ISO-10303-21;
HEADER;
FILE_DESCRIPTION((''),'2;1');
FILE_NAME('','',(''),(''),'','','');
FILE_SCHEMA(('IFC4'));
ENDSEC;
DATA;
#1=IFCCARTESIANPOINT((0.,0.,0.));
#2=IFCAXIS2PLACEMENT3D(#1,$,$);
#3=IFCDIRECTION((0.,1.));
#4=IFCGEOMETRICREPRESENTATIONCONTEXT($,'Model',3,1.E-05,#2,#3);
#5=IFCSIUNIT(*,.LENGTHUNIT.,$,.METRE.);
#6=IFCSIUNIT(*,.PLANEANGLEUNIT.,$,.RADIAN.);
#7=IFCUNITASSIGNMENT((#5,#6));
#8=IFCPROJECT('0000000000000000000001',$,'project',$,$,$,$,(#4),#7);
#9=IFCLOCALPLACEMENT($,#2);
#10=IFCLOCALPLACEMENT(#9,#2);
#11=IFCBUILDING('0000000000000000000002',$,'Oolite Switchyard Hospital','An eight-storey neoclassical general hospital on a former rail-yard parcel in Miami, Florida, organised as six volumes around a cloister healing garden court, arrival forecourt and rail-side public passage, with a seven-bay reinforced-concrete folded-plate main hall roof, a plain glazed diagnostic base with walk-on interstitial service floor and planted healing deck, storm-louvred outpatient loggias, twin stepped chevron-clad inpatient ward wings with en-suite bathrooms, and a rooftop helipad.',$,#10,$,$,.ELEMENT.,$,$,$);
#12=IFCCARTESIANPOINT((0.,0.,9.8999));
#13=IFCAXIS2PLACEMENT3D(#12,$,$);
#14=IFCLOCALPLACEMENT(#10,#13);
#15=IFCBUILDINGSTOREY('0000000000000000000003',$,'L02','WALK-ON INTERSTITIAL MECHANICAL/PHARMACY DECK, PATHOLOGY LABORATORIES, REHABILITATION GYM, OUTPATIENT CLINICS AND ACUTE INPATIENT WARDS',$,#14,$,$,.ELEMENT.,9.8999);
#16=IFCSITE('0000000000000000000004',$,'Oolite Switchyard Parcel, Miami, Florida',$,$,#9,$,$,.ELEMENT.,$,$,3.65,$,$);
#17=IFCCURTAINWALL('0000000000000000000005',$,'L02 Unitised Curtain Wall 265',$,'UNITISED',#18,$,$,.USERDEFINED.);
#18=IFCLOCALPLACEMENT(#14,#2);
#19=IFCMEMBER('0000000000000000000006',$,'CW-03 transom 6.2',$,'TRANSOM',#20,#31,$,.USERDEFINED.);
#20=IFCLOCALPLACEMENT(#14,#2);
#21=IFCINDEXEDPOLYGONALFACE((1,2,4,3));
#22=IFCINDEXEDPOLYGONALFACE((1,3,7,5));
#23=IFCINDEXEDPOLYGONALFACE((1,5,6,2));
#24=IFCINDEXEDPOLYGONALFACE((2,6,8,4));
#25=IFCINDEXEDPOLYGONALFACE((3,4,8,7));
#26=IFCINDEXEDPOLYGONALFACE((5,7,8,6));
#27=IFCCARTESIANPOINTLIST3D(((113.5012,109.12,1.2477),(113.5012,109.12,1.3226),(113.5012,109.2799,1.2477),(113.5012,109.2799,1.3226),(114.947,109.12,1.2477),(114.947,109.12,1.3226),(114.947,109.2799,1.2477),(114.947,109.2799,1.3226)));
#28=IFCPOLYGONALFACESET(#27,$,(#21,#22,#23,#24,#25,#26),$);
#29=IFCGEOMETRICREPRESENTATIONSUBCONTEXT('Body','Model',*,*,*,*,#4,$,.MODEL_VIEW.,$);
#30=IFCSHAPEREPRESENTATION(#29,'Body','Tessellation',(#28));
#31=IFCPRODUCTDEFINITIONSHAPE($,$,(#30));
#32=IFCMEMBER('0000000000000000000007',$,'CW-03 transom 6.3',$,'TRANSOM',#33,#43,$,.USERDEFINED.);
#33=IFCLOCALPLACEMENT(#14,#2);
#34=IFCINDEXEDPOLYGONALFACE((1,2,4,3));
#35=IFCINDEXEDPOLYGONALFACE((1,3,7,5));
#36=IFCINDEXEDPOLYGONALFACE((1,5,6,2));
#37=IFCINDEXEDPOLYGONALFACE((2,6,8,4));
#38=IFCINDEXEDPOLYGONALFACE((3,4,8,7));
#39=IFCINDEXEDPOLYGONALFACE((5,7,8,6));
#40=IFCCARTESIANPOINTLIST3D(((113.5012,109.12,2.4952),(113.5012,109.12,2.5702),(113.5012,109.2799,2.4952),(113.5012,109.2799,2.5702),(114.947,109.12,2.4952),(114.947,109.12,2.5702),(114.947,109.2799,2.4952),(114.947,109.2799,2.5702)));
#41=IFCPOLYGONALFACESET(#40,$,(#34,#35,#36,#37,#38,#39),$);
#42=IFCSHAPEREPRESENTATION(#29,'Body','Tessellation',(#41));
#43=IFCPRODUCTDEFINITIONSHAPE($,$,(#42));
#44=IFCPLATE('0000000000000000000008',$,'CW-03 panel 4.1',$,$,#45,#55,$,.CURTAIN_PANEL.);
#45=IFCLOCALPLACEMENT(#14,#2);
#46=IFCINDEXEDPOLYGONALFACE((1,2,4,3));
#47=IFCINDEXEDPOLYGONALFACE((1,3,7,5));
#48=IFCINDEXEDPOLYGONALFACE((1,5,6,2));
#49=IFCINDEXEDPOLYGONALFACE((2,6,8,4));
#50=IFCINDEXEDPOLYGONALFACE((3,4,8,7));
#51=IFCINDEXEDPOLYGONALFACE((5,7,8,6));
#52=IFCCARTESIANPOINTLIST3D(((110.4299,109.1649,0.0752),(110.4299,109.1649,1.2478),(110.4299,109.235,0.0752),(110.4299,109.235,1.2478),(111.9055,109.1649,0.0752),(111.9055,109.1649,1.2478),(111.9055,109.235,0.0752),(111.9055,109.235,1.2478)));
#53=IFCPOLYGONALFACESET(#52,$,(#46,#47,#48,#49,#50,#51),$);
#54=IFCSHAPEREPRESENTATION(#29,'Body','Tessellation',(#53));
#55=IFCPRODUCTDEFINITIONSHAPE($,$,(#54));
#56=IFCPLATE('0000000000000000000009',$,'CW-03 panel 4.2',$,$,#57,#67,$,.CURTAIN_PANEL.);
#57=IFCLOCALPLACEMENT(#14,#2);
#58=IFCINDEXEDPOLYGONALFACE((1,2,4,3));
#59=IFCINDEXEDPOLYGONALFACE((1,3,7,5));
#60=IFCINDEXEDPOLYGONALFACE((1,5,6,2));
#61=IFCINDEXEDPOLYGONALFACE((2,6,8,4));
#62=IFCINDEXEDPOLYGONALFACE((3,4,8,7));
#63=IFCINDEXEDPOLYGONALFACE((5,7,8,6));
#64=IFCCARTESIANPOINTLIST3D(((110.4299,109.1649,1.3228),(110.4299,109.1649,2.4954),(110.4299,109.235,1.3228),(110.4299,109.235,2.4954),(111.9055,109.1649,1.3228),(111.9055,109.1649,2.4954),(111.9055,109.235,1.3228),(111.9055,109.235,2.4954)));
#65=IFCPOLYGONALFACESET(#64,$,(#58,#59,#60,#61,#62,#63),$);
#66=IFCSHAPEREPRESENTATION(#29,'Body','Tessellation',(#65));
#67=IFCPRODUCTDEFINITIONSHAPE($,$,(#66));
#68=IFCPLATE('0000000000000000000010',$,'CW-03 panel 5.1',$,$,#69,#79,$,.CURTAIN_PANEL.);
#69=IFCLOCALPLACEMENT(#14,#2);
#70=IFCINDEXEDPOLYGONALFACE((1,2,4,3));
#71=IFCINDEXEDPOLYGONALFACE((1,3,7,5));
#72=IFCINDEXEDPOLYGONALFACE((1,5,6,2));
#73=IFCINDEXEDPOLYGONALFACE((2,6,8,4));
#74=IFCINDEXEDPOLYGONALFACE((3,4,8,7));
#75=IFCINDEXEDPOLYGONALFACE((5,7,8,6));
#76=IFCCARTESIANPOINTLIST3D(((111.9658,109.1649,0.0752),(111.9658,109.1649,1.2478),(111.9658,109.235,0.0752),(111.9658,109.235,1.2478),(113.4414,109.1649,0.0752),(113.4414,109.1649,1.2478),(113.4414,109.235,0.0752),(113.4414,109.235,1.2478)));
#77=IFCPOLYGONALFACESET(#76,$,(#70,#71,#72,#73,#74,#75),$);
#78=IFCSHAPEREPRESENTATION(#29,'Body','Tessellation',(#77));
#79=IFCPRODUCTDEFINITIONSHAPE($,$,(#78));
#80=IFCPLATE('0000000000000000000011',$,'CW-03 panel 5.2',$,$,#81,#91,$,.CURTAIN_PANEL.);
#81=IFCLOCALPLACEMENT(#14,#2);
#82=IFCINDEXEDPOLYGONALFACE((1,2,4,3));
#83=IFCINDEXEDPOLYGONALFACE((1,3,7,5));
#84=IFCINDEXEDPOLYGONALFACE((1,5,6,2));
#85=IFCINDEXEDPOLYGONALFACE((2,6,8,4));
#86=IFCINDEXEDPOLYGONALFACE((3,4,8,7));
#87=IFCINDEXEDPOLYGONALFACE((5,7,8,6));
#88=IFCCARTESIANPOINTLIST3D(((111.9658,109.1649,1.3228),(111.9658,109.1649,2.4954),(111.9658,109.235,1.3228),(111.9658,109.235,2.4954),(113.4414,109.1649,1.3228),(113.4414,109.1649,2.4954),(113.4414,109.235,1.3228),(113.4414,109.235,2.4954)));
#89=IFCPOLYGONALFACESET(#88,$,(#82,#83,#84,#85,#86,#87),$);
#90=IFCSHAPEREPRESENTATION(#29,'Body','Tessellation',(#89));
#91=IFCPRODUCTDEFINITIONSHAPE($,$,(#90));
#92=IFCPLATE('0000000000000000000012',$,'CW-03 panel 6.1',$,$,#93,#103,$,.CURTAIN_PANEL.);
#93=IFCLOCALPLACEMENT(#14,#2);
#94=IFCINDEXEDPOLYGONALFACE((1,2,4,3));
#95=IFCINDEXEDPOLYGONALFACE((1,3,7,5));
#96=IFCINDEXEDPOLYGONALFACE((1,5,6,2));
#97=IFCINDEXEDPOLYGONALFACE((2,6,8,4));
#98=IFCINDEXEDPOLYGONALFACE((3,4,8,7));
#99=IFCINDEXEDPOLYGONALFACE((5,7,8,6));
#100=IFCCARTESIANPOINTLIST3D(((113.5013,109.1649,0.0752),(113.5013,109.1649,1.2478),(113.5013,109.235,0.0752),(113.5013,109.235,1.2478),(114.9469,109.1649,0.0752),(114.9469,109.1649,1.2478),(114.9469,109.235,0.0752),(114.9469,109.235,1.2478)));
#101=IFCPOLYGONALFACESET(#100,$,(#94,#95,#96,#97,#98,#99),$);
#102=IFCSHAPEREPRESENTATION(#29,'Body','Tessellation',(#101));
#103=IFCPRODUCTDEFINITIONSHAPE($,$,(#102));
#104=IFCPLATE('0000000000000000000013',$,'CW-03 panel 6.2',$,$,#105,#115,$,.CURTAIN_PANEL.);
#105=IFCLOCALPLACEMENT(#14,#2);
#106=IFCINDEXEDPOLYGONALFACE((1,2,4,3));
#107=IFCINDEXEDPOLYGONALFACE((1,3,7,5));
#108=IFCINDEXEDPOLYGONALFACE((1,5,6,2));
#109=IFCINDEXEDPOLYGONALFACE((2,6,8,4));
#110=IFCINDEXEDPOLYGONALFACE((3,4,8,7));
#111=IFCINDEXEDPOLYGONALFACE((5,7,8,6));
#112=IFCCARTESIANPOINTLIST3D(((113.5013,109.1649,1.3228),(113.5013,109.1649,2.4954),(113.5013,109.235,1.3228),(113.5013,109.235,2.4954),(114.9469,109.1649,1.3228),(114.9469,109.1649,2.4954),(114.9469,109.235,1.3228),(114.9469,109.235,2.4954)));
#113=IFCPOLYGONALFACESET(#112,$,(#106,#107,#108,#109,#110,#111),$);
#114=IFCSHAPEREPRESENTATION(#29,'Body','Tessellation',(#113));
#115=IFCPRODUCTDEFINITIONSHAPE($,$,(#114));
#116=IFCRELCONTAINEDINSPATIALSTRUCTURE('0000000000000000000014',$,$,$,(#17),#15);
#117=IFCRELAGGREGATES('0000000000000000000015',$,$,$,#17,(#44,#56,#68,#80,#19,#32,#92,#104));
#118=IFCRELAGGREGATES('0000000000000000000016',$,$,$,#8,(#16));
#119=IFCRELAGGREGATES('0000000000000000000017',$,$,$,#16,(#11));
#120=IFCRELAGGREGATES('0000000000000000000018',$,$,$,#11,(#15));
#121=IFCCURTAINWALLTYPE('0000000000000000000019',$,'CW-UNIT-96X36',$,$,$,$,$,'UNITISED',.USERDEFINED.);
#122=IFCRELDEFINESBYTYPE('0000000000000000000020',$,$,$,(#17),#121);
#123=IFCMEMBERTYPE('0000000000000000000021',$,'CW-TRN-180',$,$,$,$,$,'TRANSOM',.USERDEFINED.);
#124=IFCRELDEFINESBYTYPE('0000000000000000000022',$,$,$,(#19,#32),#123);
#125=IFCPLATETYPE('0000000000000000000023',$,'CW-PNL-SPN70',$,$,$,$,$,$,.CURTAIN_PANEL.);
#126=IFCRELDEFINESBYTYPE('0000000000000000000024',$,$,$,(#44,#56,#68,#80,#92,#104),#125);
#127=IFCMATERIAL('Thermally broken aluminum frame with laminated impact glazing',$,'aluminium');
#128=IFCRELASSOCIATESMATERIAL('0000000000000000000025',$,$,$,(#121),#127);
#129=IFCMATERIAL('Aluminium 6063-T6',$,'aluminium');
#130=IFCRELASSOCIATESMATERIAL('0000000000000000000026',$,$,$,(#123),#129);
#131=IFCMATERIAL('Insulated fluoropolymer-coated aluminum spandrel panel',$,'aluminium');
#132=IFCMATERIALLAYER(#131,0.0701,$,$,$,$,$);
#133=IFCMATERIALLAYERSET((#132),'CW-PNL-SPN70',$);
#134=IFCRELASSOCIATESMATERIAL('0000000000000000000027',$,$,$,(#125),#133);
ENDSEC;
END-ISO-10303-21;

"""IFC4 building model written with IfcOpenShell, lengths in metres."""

from ifc_helpers import new_model, si_unit, direction, frame, origin, origin_2d, place, context, subcontext, project, spatial, rectangle, extrude, material, layer, layer_set, material_profile, profile_set, type_object, element, aggregate, save


model = new_model("IFC4")

# Units and contexts
model_context = context("Model", 3, precision=1e-05, world=origin(), true_north=direction((0.0, 1.0)))
body_context = subcontext(model_context, "Body", "Model", "MODEL_VIEW")
ifc_project = project(units=[si_unit("LENGTHUNIT", "METRE"), si_unit("PLANEANGLEUNIT", "RADIAN")], contexts=[model_context])

# Site, building, storey
site_placement = place(None, origin())
site = spatial("IfcSite", under=ifc_project, at=site_placement, Name="Oolite Switchyard Parcel, Miami, Florida", CompositionType="ELEMENT", RefElevation=3.65)
building_placement = place(site_placement, origin())
building = spatial("IfcBuilding", under=site, at=building_placement, Name="Oolite Switchyard Hospital", Description="An eight-storey neoclassical general hospital on a former rail-yard parcel in Miami, Florida, organised as six volumes around a cloister healing garden court, arrival forecourt and rail-side public passage, with a seven-bay reinforced-concrete folded-plate main hall roof, a plain glazed diagnostic base with walk-on interstitial service floor and planted healing deck, storm-louvred outpatient loggias, twin stepped chevron-clad inpatient ward wings with en-suite bathrooms, and a rooftop helipad.", CompositionType="ELEMENT")
storey_placement = place(building_placement, frame((0.0, 0.0, 9.8999)))
storey = spatial("IfcBuildingStorey", under=building, at=storey_placement, Name="L02", Description="WALK-ON INTERSTITIAL MECHANICAL/PHARMACY DECK, PATHOLOGY LABORATORIES, REHABILITATION GYM, OUTPATIENT CLINICS AND ACUTE INPATIENT WARDS", CompositionType="ELEMENT", Elevation=9.8999)

# Curtain wall, members, plates
ifc_material_1 = material(Name="Thermally broken aluminum frame with laminated impact glazing", Category="aluminium")
curtain_wall_type = type_object("IfcCurtainWallType", Name="CW-UNIT-96X36", ElementType="UNITISED", PredefinedType="USERDEFINED", material=ifc_material_1)
curtain_wall_placement = place(storey_placement, origin())
curtain_wall = element("IfcCurtainWall", 1, at=curtain_wall_placement, inside=storey, type_object=curtain_wall_type, Name="L02 Unitised Curtain Wall 265", ObjectType="UNITISED", PredefinedType="USERDEFINED")
ifc_material_2 = material(Name="Aluminium 6063-T6", Category="aluminium")
ifc_material_profile_1 = material_profile(ifc_material_2, rectangle(XDim=0.1599, YDim=0.075, at=origin_2d()), Name="CWT75X160")
ifc_profile_set_1 = profile_set([ifc_material_profile_1], Name="Aluminium 6063-T6")
member_type_1 = type_object("IfcMemberType", Name="CW-TRN-180", ElementType="TRANSOM", PredefinedType="USERDEFINED", material=ifc_profile_set_1)
member_1_placement = place(storey_placement, frame((113.5012, 109.2, 1.2852), z_axis=(1.0, 0.0, 0.0), x_axis=(0.0, 1.0, 0.0)))
member_1 = element("IfcMember", 2, at=member_1_placement, type_object=member_type_1, Name="CW-03 transom 6.2", ObjectType="TRANSOM", PredefinedType="USERDEFINED", context=body_context, shape_type="SweptSolid", body=[
    extrude(rectangle(XDim=0.1599, YDim=0.075, at=origin_2d()), origin(), (0.0, 0.0, 1.0), 1.4458),
])
member_2_placement = place(storey_placement, frame((113.5012, 109.2, 2.5327), z_axis=(1.0, 0.0, 0.0), x_axis=(0.0, 1.0, 0.0)))
member_2 = element("IfcMember", 3, at=member_2_placement, type_object=member_type_1, Name="CW-03 transom 6.3", ObjectType="TRANSOM", PredefinedType="USERDEFINED", context=body_context, shape_type="SweptSolid", body=[
    extrude(rectangle(XDim=0.1599, YDim=0.075, at=origin_2d()), origin(), (0.0, 0.0, 1.0), 1.4458),
])
ifc_material_3 = material(Name="Insulated fluoropolymer-coated aluminum spandrel panel", Category="aluminium")
ifc_layer = layer(ifc_material_3, 0.0701)
ifc_layer_set = layer_set([ifc_layer], Name="CW-PNL-SPN70")
plate_type = type_object("IfcPlateType", Name="CW-PNL-SPN70", PredefinedType="CURTAIN_PANEL", material=ifc_layer_set)
plate_1_placement = place(storey_placement, frame((111.1677, 109.2, 0.0752), z_axis=(0.0, 0.0, 1.0), x_axis=(1.0, 0.0, 0.0)))
plate_1 = element("IfcPlate", 4, at=plate_1_placement, type_object=plate_type, Name="CW-03 panel 4.1", PredefinedType="CURTAIN_PANEL", context=body_context, shape_type="SweptSolid", body=[
    extrude(rectangle(XDim=1.4756, YDim=0.0701, at=origin_2d()), origin(), (0.0, 0.0, 1.0), 1.1726),
])
plate_2_placement = place(storey_placement, frame((111.1677, 109.2, 1.3228), z_axis=(0.0, 0.0, 1.0), x_axis=(1.0, 0.0, 0.0)))
plate_2 = element("IfcPlate", 5, at=plate_2_placement, type_object=plate_type, Name="CW-03 panel 4.2", PredefinedType="CURTAIN_PANEL", context=body_context, shape_type="SweptSolid", body=[
    extrude(rectangle(XDim=1.4756, YDim=0.0701, at=origin_2d()), origin(), (0.0, 0.0, 1.0), 1.1726),
])
plate_3_placement = place(storey_placement, frame((112.7036, 109.2, 0.0752), z_axis=(0.0, 0.0, 1.0), x_axis=(1.0, 0.0, 0.0)))
plate_3 = element("IfcPlate", 6, at=plate_3_placement, type_object=plate_type, Name="CW-03 panel 5.1", PredefinedType="CURTAIN_PANEL", context=body_context, shape_type="SweptSolid", body=[
    extrude(rectangle(XDim=1.4756, YDim=0.0701, at=origin_2d()), origin(), (0.0, 0.0, 1.0), 1.1726),
])
plate_4_placement = place(storey_placement, frame((112.7036, 109.2, 1.3228), z_axis=(0.0, 0.0, 1.0), x_axis=(1.0, 0.0, 0.0)))
plate_4 = element("IfcPlate", 7, at=plate_4_placement, type_object=plate_type, Name="CW-03 panel 5.2", PredefinedType="CURTAIN_PANEL", context=body_context, shape_type="SweptSolid", body=[
    extrude(rectangle(XDim=1.4756, YDim=0.0701, at=origin_2d()), origin(), (0.0, 0.0, 1.0), 1.1726),
])
plate_5_placement = place(storey_placement, frame((114.2241, 109.2, 0.0752), z_axis=(0.0, 0.0, 1.0), x_axis=(1.0, 0.0, 0.0)))
plate_5 = element("IfcPlate", 8, at=plate_5_placement, type_object=plate_type, Name="CW-03 panel 6.1", PredefinedType="CURTAIN_PANEL", context=body_context, shape_type="SweptSolid", body=[
    extrude(rectangle(XDim=1.4456, YDim=0.0701, at=origin_2d()), origin(), (0.0, 0.0, 1.0), 1.1726),
])
plate_6_placement = place(storey_placement, frame((114.2241, 109.2, 1.3228), z_axis=(0.0, 0.0, 1.0), x_axis=(1.0, 0.0, 0.0)))
plate_6 = element("IfcPlate", 9, at=plate_6_placement, type_object=plate_type, Name="CW-03 panel 6.2", PredefinedType="CURTAIN_PANEL", context=body_context, shape_type="SweptSolid", body=[
    extrude(rectangle(XDim=1.4456, YDim=0.0701, at=origin_2d()), origin(), (0.0, 0.0, 1.0), 1.1726),
])
aggregate(curtain_wall, [plate_1, plate_2, plate_3, plate_4, member_1, member_2, plate_5, plate_6])

save(model, "model.ifc")
